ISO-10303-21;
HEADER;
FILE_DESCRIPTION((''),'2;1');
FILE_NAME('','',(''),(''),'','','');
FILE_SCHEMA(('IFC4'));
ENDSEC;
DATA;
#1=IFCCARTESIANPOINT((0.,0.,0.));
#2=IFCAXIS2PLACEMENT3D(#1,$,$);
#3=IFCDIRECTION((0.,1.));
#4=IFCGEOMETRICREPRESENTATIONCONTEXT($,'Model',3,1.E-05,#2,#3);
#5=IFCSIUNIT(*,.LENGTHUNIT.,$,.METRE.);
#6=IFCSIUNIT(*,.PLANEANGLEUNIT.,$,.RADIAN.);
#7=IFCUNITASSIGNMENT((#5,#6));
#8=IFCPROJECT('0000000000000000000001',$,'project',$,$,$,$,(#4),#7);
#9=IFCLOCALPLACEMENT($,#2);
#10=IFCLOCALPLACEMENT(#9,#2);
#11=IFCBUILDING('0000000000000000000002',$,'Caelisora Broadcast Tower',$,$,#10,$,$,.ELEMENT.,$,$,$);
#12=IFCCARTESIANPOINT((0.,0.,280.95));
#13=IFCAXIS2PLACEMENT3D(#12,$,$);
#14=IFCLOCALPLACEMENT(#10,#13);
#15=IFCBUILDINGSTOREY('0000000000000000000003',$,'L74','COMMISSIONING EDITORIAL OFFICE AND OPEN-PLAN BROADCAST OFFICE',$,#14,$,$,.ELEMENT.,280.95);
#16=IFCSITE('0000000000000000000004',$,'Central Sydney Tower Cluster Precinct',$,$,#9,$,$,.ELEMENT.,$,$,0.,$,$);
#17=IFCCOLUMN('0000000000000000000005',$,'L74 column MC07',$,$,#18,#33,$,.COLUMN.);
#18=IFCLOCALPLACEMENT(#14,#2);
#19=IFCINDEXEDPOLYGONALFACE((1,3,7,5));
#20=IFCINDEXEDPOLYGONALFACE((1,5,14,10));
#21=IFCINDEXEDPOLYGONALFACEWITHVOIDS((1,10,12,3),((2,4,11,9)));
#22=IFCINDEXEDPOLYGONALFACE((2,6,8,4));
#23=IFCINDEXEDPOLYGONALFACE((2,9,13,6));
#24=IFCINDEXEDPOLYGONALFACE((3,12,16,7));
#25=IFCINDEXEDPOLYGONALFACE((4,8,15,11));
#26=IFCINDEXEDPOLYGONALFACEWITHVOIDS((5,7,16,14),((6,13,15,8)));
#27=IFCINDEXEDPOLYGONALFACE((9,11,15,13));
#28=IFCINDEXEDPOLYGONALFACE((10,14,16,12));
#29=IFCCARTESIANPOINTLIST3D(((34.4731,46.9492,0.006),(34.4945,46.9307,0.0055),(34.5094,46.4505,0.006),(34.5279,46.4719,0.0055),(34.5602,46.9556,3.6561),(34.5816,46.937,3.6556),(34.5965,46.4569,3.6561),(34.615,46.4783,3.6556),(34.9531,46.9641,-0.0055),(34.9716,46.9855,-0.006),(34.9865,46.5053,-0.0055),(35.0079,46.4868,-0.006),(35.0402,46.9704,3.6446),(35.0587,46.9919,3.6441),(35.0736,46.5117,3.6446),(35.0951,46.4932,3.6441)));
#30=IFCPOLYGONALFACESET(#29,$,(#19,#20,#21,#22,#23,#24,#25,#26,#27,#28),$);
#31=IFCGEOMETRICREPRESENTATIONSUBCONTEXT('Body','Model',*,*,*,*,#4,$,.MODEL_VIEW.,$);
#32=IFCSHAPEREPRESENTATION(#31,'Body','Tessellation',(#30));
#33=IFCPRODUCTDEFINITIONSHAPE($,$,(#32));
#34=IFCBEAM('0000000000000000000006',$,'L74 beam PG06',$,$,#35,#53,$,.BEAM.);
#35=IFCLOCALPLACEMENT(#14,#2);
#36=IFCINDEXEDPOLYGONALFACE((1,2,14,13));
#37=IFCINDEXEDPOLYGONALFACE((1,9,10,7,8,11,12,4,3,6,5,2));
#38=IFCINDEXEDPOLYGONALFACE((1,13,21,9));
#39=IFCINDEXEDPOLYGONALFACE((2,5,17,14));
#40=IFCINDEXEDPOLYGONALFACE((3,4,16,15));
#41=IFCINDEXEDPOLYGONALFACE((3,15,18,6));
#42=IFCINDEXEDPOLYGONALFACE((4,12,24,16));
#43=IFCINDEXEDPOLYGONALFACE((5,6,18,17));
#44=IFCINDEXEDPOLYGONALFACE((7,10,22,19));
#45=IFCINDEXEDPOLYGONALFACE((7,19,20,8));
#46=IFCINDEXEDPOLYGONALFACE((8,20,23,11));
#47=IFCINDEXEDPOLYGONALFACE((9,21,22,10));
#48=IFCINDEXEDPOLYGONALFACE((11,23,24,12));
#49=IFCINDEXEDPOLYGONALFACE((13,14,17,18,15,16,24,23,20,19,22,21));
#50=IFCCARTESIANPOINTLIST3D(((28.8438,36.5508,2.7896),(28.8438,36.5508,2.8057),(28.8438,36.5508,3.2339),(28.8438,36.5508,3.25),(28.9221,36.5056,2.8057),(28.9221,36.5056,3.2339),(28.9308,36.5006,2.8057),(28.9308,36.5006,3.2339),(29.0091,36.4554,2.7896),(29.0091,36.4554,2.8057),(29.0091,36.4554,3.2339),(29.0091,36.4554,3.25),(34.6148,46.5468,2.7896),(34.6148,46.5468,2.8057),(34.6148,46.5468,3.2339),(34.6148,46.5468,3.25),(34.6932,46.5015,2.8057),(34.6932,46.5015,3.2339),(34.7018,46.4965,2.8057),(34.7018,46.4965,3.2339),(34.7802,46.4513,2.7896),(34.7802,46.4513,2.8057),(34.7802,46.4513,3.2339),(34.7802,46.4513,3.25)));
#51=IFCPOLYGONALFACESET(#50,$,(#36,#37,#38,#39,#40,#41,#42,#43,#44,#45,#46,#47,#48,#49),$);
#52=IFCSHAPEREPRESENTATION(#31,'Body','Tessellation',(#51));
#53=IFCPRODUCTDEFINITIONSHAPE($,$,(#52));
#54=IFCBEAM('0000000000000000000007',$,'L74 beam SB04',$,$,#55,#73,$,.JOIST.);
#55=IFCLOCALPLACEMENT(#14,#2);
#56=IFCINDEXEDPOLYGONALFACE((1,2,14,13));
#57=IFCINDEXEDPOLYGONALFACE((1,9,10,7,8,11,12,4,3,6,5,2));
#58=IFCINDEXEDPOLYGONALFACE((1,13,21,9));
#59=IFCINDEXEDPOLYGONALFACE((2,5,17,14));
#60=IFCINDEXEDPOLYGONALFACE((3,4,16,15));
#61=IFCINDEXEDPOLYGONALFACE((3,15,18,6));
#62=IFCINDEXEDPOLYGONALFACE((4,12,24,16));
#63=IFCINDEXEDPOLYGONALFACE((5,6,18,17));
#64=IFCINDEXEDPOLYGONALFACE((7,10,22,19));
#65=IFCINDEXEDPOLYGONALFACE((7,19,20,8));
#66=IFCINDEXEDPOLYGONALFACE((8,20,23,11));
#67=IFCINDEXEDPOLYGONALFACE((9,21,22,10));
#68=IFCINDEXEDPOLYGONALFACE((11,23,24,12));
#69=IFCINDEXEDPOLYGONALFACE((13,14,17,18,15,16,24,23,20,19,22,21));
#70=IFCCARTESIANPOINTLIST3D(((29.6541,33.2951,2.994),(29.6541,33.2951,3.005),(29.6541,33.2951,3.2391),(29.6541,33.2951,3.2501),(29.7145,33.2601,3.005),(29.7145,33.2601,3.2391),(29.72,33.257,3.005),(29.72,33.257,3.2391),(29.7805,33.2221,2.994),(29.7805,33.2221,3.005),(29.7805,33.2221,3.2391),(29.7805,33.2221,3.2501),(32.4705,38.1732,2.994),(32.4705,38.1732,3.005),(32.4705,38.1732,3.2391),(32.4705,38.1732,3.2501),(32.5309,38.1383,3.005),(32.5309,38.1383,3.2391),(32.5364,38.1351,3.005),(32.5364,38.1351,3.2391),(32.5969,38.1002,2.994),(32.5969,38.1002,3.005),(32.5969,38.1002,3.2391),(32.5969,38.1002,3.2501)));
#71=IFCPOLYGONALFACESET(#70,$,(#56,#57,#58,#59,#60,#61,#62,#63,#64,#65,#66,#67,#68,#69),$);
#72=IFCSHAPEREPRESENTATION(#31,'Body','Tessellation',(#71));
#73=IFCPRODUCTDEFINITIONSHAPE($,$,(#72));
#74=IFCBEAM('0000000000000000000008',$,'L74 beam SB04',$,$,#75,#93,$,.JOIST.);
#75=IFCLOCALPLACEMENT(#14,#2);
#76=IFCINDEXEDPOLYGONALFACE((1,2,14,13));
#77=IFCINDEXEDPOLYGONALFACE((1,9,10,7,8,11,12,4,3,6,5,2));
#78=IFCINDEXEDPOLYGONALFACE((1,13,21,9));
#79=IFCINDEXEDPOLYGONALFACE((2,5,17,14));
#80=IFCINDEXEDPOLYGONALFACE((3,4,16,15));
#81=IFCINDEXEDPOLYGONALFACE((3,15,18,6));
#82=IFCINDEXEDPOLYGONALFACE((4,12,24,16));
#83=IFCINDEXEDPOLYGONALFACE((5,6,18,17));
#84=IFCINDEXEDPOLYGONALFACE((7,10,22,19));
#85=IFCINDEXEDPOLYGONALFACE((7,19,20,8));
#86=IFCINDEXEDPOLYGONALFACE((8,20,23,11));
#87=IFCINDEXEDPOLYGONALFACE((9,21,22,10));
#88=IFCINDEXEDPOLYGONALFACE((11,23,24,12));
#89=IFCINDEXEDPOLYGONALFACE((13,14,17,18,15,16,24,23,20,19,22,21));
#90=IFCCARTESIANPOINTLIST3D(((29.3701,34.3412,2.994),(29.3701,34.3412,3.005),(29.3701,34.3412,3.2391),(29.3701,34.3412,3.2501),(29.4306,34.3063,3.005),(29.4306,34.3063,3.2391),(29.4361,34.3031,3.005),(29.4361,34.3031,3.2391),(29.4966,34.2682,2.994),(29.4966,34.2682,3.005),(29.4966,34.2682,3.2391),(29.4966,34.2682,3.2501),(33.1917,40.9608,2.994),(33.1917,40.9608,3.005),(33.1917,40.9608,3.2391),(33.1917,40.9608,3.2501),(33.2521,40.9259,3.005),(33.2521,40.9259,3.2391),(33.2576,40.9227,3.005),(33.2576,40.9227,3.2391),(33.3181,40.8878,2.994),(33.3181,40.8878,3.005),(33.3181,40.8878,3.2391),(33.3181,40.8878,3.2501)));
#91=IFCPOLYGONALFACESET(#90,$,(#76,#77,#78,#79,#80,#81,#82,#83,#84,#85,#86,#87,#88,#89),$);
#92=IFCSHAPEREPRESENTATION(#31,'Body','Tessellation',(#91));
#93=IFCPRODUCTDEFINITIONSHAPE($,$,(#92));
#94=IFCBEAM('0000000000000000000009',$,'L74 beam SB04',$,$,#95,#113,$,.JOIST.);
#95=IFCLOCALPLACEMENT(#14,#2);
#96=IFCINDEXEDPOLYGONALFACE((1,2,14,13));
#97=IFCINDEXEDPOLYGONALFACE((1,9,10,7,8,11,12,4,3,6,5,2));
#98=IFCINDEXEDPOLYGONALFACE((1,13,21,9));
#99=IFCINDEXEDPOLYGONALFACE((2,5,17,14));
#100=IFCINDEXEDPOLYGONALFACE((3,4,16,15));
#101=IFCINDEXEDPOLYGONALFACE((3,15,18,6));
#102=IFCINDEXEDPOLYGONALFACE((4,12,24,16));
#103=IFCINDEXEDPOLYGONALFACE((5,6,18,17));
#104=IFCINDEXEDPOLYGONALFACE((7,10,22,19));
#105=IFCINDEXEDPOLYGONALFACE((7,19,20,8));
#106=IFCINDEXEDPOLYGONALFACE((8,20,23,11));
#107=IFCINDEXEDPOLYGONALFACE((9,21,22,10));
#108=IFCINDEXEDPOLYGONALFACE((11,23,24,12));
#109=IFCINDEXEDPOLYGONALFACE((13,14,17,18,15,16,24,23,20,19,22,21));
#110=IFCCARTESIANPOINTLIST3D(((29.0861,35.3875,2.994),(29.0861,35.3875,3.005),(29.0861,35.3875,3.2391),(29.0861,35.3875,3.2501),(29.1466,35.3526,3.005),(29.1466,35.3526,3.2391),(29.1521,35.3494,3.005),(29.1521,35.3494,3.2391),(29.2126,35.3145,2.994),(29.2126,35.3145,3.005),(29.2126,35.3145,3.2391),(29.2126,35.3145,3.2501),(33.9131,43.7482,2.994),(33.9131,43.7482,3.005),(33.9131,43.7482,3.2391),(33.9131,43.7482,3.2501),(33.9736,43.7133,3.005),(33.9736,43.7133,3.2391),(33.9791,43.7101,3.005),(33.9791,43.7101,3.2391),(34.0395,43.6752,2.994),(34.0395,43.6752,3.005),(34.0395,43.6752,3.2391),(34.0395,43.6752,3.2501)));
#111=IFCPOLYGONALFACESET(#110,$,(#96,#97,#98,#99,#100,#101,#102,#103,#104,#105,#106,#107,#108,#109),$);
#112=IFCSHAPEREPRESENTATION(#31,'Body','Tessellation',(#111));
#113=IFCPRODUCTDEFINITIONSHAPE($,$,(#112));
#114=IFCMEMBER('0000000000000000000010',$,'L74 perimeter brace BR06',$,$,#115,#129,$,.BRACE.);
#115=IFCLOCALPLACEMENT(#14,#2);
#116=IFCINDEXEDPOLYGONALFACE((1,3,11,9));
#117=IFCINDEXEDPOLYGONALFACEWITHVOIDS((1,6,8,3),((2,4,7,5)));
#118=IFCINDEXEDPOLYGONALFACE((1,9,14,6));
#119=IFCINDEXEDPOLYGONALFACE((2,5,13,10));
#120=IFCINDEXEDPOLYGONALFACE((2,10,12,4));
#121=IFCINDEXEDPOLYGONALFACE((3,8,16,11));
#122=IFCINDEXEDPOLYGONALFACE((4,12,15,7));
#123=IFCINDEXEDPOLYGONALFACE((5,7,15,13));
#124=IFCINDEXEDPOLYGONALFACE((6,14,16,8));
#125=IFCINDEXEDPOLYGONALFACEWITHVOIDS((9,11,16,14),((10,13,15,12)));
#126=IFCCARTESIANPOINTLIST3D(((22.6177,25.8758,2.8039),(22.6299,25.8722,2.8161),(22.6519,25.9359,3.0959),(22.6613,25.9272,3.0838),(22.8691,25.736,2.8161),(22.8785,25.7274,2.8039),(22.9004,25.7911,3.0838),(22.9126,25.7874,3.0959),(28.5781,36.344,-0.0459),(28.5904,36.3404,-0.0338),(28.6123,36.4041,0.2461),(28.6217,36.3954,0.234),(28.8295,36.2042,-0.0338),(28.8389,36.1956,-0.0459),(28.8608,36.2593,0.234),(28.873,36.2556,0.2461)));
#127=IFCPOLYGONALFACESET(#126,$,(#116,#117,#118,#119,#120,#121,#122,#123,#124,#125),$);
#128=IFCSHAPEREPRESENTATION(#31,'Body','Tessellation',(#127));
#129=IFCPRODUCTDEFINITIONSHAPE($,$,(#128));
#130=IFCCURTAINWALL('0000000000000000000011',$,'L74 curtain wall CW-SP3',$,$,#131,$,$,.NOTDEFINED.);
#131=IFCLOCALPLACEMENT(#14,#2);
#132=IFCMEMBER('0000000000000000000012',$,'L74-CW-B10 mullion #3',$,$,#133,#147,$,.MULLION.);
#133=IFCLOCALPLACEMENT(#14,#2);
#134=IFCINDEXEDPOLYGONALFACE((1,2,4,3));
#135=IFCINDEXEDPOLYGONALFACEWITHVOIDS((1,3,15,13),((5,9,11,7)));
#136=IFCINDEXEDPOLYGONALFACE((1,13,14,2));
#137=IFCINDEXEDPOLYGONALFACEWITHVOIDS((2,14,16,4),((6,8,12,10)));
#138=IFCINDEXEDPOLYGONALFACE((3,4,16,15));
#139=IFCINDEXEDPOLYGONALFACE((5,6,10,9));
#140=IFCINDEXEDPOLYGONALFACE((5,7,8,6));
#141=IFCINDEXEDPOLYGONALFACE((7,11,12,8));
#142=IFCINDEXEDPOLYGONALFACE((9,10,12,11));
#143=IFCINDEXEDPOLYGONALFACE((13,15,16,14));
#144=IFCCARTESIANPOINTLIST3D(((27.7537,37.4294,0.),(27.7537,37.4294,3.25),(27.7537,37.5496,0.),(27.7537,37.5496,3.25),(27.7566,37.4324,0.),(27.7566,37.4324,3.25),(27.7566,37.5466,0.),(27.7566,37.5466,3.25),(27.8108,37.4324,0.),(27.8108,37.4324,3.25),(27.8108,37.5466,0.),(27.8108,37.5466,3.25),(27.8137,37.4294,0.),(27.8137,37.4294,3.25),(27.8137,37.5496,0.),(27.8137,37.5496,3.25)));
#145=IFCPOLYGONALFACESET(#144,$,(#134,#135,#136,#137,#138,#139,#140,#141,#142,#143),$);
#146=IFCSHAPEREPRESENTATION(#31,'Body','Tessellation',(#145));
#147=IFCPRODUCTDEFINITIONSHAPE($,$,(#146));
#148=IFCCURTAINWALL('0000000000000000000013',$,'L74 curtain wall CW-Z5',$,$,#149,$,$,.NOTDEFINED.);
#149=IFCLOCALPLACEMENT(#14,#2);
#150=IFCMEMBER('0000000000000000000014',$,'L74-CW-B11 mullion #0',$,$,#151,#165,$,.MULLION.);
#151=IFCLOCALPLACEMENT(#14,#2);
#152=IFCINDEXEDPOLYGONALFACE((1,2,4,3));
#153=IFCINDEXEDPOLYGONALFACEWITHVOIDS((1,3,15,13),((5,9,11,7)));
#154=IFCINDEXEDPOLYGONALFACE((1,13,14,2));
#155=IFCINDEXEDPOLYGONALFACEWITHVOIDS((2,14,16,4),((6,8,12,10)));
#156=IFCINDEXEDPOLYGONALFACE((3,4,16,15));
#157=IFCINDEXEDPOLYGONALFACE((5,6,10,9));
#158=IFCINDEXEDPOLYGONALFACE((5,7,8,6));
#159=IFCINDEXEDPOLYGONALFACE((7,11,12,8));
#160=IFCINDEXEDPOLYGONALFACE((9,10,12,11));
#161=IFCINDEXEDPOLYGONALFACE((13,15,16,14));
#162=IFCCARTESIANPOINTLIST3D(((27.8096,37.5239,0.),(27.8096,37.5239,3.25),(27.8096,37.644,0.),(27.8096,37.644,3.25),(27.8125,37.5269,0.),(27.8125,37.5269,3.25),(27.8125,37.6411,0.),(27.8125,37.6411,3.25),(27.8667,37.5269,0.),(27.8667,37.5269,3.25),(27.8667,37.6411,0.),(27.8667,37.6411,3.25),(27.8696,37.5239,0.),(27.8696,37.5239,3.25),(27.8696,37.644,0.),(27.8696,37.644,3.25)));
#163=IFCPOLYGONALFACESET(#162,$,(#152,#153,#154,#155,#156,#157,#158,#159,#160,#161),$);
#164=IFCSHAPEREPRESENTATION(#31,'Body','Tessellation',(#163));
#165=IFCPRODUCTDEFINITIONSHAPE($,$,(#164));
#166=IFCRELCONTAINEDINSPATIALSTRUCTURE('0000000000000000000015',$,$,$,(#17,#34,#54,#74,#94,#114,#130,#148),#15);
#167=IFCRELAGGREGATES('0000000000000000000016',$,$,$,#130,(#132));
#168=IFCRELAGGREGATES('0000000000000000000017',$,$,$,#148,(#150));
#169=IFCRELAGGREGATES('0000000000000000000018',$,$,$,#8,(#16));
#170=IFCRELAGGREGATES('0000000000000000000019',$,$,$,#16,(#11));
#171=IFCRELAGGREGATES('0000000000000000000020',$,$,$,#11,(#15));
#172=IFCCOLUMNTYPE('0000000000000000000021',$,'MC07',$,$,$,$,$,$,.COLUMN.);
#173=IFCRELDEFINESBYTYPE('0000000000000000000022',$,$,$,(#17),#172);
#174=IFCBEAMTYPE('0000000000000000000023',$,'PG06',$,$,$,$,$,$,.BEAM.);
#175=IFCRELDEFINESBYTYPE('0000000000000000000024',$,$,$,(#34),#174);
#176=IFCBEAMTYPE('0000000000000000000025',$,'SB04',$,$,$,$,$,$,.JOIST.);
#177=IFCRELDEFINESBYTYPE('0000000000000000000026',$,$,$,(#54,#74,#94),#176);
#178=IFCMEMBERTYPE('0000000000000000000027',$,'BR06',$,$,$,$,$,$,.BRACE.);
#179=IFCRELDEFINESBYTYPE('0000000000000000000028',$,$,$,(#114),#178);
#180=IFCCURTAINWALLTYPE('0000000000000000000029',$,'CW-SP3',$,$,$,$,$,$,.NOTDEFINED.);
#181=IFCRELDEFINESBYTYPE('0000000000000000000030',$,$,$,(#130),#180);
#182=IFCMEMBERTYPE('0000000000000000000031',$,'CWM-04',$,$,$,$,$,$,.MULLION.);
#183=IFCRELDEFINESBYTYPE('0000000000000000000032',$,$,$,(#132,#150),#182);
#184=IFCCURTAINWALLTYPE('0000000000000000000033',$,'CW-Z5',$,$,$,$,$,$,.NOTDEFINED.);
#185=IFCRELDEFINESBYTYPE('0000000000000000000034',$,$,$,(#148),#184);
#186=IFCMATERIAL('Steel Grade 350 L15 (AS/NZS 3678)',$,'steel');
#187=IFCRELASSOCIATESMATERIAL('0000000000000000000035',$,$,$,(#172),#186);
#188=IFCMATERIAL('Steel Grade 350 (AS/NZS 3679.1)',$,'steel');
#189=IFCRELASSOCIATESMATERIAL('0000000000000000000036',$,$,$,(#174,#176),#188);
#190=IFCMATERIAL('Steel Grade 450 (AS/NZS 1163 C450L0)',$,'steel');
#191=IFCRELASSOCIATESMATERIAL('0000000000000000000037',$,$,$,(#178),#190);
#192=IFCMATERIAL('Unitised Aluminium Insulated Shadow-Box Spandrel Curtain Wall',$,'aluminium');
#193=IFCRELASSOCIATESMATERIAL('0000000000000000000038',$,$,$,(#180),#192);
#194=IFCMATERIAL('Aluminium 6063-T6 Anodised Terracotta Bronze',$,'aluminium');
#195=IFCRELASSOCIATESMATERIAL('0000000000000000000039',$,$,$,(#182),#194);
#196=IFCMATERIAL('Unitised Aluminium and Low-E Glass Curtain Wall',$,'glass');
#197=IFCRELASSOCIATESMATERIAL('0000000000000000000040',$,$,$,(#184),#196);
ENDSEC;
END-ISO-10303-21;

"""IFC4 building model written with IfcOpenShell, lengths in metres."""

from ifc_helpers import new_model, si_unit, direction, frame, origin, origin_2d, place, context, subcontext, project, spatial, hollow_rectangle, i_section, extrude, source, transform, mapped, material, material_profile, profile_set, type_object, type_shapes, element, aggregate, save


model = new_model("IFC4")

# Units and contexts
model_context = context("Model", 3, precision=1e-05, world=origin(), true_north=direction((0.0, 1.0)))
body_context = subcontext(model_context, "Body", "Model", "MODEL_VIEW")
ifc_project = project(units=[si_unit("LENGTHUNIT", "METRE"), si_unit("PLANEANGLEUNIT", "RADIAN")], contexts=[model_context])

# Site, building, storey
site_placement = place(None, origin())
site = spatial("IfcSite", under=ifc_project, at=site_placement, Name="Central Sydney Tower Cluster Precinct", CompositionType="ELEMENT", RefElevation=0.0)
building_placement = place(site_placement, origin())
building = spatial("IfcBuilding", under=site, at=building_placement, Name="Caelisora Broadcast Tower", CompositionType="ELEMENT")
storey_placement = place(building_placement, frame((0.0, 0.0, 280.95)))
storey = spatial("IfcBuildingStorey", under=building, at=storey_placement, Name="L74", Description="COMMISSIONING EDITORIAL OFFICE AND OPEN-PLAN BROADCAST OFFICE", CompositionType="ELEMENT", Elevation=280.95)

# Column
ifc_material_1 = material(Name="Steel Grade 350 L15 (AS/NZS 3678)", Category="steel")
ifc_material_profile_1 = material_profile(ifc_material_1, hollow_rectangle(XDim=0.5, YDim=0.5, WallThickness=0.02, at=origin_2d()), Name="Steel Grade 350 L15 (AS/NZS 3678)")
ifc_profile_set_1 = profile_set([ifc_material_profile_1], Name="Steel Grade 350 L15 (AS/NZS 3678)")
column_type = type_object("IfcColumnType", Name="MC07", PredefinedType="COLUMN", material=ifc_profile_set_1)
shared_shape_1 = source(origin(), body_context, "Body", "SweptSolid", [
    extrude(hollow_rectangle(XDim=0.5, YDim=0.5, WallThickness=0.02, at=origin_2d()), origin(), (0.0, 0.0, 1.0), 3.6511),
])
type_shapes(column_type, [shared_shape_1])
column_placement = place(storey_placement, frame((34.7405, 46.718, 0.0), z_axis=(0.023871, 0.001739, 0.999714), x_axis=(-0.072637, 0.997358, 0.0)))
element("IfcColumn", 1, at=column_placement, inside=storey, type_object=column_type, Name="L74 column MC07", PredefinedType="COLUMN", context=body_context, shape_type="MappedRepresentation", body=[
    mapped(shared_shape_1, transform((0.0, 0.0, 0.0), scale=1.0)),
])

# Beams
ifc_material_2 = material(Name="Steel Grade 350 (AS/NZS 3679.1)", Category="steel")
ifc_material_profile_2 = material_profile(ifc_material_2, i_section(OverallWidth=0.1909, OverallDepth=0.4604, WebThickness=0.01, FlangeThickness=0.0161, at=origin_2d()), Name="Steel Grade 350 (AS/NZS 3679.1)")
ifc_profile_set_2 = profile_set([ifc_material_profile_2], Name="Steel Grade 350 (AS/NZS 3679.1)")
beam_type_1 = type_object("IfcBeamType", Name="PG06", PredefinedType="BEAM", material=ifc_profile_set_2)
shared_shape_2 = source(origin(), body_context, "Body", "SweptSolid", [
    extrude(i_section(OverallWidth=0.1909, OverallDepth=0.4604, WebThickness=0.01, FlangeThickness=0.0161, at=origin_2d()), origin(), (0.0, 0.0, 1.0), 11.5422),
])
type_shapes(beam_type_1, [shared_shape_2])
beam_1_placement = place(storey_placement, frame((34.6975, 46.499, 3.0198), z_axis=(-0.499993, -0.86603, 0.0), x_axis=(0.86603, -0.499993, 0.0)))
element("IfcBeam", 2, at=beam_1_placement, inside=storey, type_object=beam_type_1, Name="L74 beam PG06", PredefinedType="BEAM", context=body_context, shape_type="MappedRepresentation", body=[
    mapped(shared_shape_2, transform((0.0, 0.0, 0.0), scale=1.0)),
])
ifc_material_profile_3 = material_profile(ifc_material_2, i_section(OverallWidth=0.146, OverallDepth=0.2561, WebThickness=0.0063, FlangeThickness=0.011, at=origin_2d()), Name="Steel Grade 350 (AS/NZS 3679.1)")
ifc_profile_set_3 = profile_set([ifc_material_profile_3], Name="Steel Grade 350 (AS/NZS 3679.1)")
beam_type_2 = type_object("IfcBeamType", Name="SB04", PredefinedType="JOIST", material=ifc_profile_set_3)
shared_shape_3 = source(origin(), body_context, "Body", "SweptSolid", [
    extrude(i_section(OverallWidth=0.146, OverallDepth=0.2561, WebThickness=0.0063, FlangeThickness=0.011, at=origin_2d()), origin(), (0.0, 0.0, 1.0), 5.6328),
])
beam_2_placement = place(storey_placement, frame((32.5337, 38.1367, 3.1221), z_axis=(-0.499999, -0.866026, 0.0), x_axis=(0.866026, -0.499999, 0.0)))
element("IfcBeam", 3, at=beam_2_placement, inside=storey, type_object=beam_type_2, Name="L74 beam SB04", PredefinedType="JOIST", context=body_context, shape_type="MappedRepresentation", body=[
    mapped(shared_shape_3, transform((0.0, 0.0, 0.0), scale=1.0)),
])
shared_shape_4 = source(origin(), body_context, "Body", "SweptSolid", [
    extrude(i_section(OverallWidth=0.146, OverallDepth=0.2561, WebThickness=0.0063, FlangeThickness=0.011, at=origin_2d()), origin(), (0.0, 0.0, 1.0), 7.6436),
])
beam_3_placement = place(storey_placement, frame((33.2549, 40.9243, 3.1221), z_axis=(-0.499969, -0.866043, 0.0), x_axis=(0.866043, -0.499969, 0.0)))
element("IfcBeam", 4, at=beam_3_placement, inside=storey, type_object=beam_type_2, Name="L74 beam SB04", PredefinedType="JOIST", context=body_context, shape_type="MappedRepresentation", body=[
    mapped(shared_shape_4, transform((0.0, 0.0, 0.0), scale=1.0)),
])
shared_shape_5 = source(origin(), body_context, "Body", "SweptSolid", [
    extrude(i_section(OverallWidth=0.146, OverallDepth=0.2561, WebThickness=0.0063, FlangeThickness=0.011, at=origin_2d()), origin(), (0.0, 0.0, 1.0), 9.6541),
])
type_shapes(beam_type_2, [shared_shape_3, shared_shape_4, shared_shape_5])
beam_4_placement = place(storey_placement, frame((33.9763, 43.7117, 3.1221), z_axis=(-0.499993, -0.866029, 0.0), x_axis=(0.866029, -0.499993, 0.0)))
element("IfcBeam", 5, at=beam_4_placement, inside=storey, type_object=beam_type_2, Name="L74 beam SB04", PredefinedType="JOIST", context=body_context, shape_type="MappedRepresentation", body=[
    mapped(shared_shape_5, transform((0.0, 0.0, 0.0), scale=1.0)),
])

# Member
ifc_material_3 = material(Name="Steel Grade 450 (AS/NZS 1163 C450L0)", Category="steel")
ifc_material_profile_4 = material_profile(ifc_material_3, hollow_rectangle(XDim=0.3, YDim=0.3, WallThickness=0.0125, at=origin_2d()), Name="Steel Grade 450 (AS/NZS 1163 C450L0)")
ifc_profile_set_4 = profile_set([ifc_material_profile_4], Name="Steel Grade 450 (AS/NZS 1163 C450L0)")
member_type_1 = type_object("IfcMemberType", Name="BR06", PredefinedType="BRACE", material=ifc_profile_set_4)
shared_shape_6 = source(origin(), body_context, "Body", "SweptSolid", [
    extrude(hollow_rectangle(XDim=0.3, YDim=0.3, WallThickness=0.0125, at=origin_2d()), origin(), (0.0, 0.0, 1.0), 12.3787),
])
type_shapes(member_type_1, [shared_shape_6])
member_1_placement = place(storey_placement, frame((28.7256, 36.2998, 0.1001), z_axis=(-0.481507, -0.845665, 0.230222), x_axis=(0.869008, -0.494798, 0.0)))
element("IfcMember", 6, at=member_1_placement, inside=storey, type_object=member_type_1, Name="L74 perimeter brace BR06", PredefinedType="BRACE", context=body_context, shape_type="MappedRepresentation", body=[
    mapped(shared_shape_6, transform((0.0, 0.0, 0.0), scale=1.0)),
])

# Curtain wall, member
ifc_material_4 = material(Name="Unitised Aluminium Insulated Shadow-Box Spandrel Curtain Wall", Category="aluminium")
curtain_wall_type_1 = type_object("IfcCurtainWallType", Name="CW-SP3", PredefinedType="NOTDEFINED", material=ifc_material_4)
curtain_wall_1_placement = place(storey_placement, origin())
curtain_wall_1 = element("IfcCurtainWall", 7, at=curtain_wall_1_placement, inside=storey, type_object=curtain_wall_type_1, Name="L74 curtain wall CW-SP3", PredefinedType="NOTDEFINED")
ifc_material_5 = material(Name="Aluminium 6063-T6 Anodised Terracotta Bronze", Category="aluminium")
ifc_material_profile_5 = material_profile(ifc_material_5, hollow_rectangle(XDim=0.0601, YDim=0.1201, WallThickness=0.0029, at=origin_2d()), Name="Aluminium 6063-T6 Anodised Terracotta Bronze")
ifc_profile_set_5 = profile_set([ifc_material_profile_5], Name="Aluminium 6063-T6 Anodised Terracotta Bronze")
member_type_2 = type_object("IfcMemberType", Name="CWM-04", PredefinedType="MULLION", material=ifc_profile_set_5)
shared_shape_7 = source(origin(), body_context, "Body", "SweptSolid", [
    extrude(hollow_rectangle(XDim=0.0601, YDim=0.1201, WallThickness=0.0029, at=origin_2d()), origin(), (0.0, 0.0, 1.0), 3.25),
])
type_shapes(member_type_2, [shared_shape_7])
member_2_placement = place(storey_placement, frame((27.7837, 37.4895, 0.0), z_axis=(0.0, 0.0, 1.0), x_axis=(1.0, 0.0, 0.0)))
member_2 = element("IfcMember", 8, at=member_2_placement, type_object=member_type_2, Name="L74-CW-B10 mullion #3", PredefinedType="MULLION", context=body_context, shape_type="MappedRepresentation", body=[
    mapped(shared_shape_7, transform((0.0, 0.0, 0.0), scale=1.0)),
])
aggregate(curtain_wall_1, [member_2])

# Curtain wall, member
ifc_material_6 = material(Name="Unitised Aluminium and Low-E Glass Curtain Wall", Category="glass")
curtain_wall_type_2 = type_object("IfcCurtainWallType", Name="CW-Z5", PredefinedType="NOTDEFINED", material=ifc_material_6)
curtain_wall_2_placement = place(storey_placement, origin())
curtain_wall_2 = element("IfcCurtainWall", 9, at=curtain_wall_2_placement, inside=storey, type_object=curtain_wall_type_2, Name="L74 curtain wall CW-Z5", PredefinedType="NOTDEFINED")
member_3_placement = place(storey_placement, frame((27.8396, 37.584, 0.0), z_axis=(0.0, 0.0, 1.0), x_axis=(1.0, 0.0, 0.0)))
member_3 = element("IfcMember", 10, at=member_3_placement, type_object=member_type_2, Name="L74-CW-B11 mullion #0", PredefinedType="MULLION", context=body_context, shape_type="MappedRepresentation", body=[
    mapped(shared_shape_7, transform((0.0, 0.0, 0.0), scale=1.0)),
])

aggregate(curtain_wall_2, [member_3])

save(model, "model.ifc")
